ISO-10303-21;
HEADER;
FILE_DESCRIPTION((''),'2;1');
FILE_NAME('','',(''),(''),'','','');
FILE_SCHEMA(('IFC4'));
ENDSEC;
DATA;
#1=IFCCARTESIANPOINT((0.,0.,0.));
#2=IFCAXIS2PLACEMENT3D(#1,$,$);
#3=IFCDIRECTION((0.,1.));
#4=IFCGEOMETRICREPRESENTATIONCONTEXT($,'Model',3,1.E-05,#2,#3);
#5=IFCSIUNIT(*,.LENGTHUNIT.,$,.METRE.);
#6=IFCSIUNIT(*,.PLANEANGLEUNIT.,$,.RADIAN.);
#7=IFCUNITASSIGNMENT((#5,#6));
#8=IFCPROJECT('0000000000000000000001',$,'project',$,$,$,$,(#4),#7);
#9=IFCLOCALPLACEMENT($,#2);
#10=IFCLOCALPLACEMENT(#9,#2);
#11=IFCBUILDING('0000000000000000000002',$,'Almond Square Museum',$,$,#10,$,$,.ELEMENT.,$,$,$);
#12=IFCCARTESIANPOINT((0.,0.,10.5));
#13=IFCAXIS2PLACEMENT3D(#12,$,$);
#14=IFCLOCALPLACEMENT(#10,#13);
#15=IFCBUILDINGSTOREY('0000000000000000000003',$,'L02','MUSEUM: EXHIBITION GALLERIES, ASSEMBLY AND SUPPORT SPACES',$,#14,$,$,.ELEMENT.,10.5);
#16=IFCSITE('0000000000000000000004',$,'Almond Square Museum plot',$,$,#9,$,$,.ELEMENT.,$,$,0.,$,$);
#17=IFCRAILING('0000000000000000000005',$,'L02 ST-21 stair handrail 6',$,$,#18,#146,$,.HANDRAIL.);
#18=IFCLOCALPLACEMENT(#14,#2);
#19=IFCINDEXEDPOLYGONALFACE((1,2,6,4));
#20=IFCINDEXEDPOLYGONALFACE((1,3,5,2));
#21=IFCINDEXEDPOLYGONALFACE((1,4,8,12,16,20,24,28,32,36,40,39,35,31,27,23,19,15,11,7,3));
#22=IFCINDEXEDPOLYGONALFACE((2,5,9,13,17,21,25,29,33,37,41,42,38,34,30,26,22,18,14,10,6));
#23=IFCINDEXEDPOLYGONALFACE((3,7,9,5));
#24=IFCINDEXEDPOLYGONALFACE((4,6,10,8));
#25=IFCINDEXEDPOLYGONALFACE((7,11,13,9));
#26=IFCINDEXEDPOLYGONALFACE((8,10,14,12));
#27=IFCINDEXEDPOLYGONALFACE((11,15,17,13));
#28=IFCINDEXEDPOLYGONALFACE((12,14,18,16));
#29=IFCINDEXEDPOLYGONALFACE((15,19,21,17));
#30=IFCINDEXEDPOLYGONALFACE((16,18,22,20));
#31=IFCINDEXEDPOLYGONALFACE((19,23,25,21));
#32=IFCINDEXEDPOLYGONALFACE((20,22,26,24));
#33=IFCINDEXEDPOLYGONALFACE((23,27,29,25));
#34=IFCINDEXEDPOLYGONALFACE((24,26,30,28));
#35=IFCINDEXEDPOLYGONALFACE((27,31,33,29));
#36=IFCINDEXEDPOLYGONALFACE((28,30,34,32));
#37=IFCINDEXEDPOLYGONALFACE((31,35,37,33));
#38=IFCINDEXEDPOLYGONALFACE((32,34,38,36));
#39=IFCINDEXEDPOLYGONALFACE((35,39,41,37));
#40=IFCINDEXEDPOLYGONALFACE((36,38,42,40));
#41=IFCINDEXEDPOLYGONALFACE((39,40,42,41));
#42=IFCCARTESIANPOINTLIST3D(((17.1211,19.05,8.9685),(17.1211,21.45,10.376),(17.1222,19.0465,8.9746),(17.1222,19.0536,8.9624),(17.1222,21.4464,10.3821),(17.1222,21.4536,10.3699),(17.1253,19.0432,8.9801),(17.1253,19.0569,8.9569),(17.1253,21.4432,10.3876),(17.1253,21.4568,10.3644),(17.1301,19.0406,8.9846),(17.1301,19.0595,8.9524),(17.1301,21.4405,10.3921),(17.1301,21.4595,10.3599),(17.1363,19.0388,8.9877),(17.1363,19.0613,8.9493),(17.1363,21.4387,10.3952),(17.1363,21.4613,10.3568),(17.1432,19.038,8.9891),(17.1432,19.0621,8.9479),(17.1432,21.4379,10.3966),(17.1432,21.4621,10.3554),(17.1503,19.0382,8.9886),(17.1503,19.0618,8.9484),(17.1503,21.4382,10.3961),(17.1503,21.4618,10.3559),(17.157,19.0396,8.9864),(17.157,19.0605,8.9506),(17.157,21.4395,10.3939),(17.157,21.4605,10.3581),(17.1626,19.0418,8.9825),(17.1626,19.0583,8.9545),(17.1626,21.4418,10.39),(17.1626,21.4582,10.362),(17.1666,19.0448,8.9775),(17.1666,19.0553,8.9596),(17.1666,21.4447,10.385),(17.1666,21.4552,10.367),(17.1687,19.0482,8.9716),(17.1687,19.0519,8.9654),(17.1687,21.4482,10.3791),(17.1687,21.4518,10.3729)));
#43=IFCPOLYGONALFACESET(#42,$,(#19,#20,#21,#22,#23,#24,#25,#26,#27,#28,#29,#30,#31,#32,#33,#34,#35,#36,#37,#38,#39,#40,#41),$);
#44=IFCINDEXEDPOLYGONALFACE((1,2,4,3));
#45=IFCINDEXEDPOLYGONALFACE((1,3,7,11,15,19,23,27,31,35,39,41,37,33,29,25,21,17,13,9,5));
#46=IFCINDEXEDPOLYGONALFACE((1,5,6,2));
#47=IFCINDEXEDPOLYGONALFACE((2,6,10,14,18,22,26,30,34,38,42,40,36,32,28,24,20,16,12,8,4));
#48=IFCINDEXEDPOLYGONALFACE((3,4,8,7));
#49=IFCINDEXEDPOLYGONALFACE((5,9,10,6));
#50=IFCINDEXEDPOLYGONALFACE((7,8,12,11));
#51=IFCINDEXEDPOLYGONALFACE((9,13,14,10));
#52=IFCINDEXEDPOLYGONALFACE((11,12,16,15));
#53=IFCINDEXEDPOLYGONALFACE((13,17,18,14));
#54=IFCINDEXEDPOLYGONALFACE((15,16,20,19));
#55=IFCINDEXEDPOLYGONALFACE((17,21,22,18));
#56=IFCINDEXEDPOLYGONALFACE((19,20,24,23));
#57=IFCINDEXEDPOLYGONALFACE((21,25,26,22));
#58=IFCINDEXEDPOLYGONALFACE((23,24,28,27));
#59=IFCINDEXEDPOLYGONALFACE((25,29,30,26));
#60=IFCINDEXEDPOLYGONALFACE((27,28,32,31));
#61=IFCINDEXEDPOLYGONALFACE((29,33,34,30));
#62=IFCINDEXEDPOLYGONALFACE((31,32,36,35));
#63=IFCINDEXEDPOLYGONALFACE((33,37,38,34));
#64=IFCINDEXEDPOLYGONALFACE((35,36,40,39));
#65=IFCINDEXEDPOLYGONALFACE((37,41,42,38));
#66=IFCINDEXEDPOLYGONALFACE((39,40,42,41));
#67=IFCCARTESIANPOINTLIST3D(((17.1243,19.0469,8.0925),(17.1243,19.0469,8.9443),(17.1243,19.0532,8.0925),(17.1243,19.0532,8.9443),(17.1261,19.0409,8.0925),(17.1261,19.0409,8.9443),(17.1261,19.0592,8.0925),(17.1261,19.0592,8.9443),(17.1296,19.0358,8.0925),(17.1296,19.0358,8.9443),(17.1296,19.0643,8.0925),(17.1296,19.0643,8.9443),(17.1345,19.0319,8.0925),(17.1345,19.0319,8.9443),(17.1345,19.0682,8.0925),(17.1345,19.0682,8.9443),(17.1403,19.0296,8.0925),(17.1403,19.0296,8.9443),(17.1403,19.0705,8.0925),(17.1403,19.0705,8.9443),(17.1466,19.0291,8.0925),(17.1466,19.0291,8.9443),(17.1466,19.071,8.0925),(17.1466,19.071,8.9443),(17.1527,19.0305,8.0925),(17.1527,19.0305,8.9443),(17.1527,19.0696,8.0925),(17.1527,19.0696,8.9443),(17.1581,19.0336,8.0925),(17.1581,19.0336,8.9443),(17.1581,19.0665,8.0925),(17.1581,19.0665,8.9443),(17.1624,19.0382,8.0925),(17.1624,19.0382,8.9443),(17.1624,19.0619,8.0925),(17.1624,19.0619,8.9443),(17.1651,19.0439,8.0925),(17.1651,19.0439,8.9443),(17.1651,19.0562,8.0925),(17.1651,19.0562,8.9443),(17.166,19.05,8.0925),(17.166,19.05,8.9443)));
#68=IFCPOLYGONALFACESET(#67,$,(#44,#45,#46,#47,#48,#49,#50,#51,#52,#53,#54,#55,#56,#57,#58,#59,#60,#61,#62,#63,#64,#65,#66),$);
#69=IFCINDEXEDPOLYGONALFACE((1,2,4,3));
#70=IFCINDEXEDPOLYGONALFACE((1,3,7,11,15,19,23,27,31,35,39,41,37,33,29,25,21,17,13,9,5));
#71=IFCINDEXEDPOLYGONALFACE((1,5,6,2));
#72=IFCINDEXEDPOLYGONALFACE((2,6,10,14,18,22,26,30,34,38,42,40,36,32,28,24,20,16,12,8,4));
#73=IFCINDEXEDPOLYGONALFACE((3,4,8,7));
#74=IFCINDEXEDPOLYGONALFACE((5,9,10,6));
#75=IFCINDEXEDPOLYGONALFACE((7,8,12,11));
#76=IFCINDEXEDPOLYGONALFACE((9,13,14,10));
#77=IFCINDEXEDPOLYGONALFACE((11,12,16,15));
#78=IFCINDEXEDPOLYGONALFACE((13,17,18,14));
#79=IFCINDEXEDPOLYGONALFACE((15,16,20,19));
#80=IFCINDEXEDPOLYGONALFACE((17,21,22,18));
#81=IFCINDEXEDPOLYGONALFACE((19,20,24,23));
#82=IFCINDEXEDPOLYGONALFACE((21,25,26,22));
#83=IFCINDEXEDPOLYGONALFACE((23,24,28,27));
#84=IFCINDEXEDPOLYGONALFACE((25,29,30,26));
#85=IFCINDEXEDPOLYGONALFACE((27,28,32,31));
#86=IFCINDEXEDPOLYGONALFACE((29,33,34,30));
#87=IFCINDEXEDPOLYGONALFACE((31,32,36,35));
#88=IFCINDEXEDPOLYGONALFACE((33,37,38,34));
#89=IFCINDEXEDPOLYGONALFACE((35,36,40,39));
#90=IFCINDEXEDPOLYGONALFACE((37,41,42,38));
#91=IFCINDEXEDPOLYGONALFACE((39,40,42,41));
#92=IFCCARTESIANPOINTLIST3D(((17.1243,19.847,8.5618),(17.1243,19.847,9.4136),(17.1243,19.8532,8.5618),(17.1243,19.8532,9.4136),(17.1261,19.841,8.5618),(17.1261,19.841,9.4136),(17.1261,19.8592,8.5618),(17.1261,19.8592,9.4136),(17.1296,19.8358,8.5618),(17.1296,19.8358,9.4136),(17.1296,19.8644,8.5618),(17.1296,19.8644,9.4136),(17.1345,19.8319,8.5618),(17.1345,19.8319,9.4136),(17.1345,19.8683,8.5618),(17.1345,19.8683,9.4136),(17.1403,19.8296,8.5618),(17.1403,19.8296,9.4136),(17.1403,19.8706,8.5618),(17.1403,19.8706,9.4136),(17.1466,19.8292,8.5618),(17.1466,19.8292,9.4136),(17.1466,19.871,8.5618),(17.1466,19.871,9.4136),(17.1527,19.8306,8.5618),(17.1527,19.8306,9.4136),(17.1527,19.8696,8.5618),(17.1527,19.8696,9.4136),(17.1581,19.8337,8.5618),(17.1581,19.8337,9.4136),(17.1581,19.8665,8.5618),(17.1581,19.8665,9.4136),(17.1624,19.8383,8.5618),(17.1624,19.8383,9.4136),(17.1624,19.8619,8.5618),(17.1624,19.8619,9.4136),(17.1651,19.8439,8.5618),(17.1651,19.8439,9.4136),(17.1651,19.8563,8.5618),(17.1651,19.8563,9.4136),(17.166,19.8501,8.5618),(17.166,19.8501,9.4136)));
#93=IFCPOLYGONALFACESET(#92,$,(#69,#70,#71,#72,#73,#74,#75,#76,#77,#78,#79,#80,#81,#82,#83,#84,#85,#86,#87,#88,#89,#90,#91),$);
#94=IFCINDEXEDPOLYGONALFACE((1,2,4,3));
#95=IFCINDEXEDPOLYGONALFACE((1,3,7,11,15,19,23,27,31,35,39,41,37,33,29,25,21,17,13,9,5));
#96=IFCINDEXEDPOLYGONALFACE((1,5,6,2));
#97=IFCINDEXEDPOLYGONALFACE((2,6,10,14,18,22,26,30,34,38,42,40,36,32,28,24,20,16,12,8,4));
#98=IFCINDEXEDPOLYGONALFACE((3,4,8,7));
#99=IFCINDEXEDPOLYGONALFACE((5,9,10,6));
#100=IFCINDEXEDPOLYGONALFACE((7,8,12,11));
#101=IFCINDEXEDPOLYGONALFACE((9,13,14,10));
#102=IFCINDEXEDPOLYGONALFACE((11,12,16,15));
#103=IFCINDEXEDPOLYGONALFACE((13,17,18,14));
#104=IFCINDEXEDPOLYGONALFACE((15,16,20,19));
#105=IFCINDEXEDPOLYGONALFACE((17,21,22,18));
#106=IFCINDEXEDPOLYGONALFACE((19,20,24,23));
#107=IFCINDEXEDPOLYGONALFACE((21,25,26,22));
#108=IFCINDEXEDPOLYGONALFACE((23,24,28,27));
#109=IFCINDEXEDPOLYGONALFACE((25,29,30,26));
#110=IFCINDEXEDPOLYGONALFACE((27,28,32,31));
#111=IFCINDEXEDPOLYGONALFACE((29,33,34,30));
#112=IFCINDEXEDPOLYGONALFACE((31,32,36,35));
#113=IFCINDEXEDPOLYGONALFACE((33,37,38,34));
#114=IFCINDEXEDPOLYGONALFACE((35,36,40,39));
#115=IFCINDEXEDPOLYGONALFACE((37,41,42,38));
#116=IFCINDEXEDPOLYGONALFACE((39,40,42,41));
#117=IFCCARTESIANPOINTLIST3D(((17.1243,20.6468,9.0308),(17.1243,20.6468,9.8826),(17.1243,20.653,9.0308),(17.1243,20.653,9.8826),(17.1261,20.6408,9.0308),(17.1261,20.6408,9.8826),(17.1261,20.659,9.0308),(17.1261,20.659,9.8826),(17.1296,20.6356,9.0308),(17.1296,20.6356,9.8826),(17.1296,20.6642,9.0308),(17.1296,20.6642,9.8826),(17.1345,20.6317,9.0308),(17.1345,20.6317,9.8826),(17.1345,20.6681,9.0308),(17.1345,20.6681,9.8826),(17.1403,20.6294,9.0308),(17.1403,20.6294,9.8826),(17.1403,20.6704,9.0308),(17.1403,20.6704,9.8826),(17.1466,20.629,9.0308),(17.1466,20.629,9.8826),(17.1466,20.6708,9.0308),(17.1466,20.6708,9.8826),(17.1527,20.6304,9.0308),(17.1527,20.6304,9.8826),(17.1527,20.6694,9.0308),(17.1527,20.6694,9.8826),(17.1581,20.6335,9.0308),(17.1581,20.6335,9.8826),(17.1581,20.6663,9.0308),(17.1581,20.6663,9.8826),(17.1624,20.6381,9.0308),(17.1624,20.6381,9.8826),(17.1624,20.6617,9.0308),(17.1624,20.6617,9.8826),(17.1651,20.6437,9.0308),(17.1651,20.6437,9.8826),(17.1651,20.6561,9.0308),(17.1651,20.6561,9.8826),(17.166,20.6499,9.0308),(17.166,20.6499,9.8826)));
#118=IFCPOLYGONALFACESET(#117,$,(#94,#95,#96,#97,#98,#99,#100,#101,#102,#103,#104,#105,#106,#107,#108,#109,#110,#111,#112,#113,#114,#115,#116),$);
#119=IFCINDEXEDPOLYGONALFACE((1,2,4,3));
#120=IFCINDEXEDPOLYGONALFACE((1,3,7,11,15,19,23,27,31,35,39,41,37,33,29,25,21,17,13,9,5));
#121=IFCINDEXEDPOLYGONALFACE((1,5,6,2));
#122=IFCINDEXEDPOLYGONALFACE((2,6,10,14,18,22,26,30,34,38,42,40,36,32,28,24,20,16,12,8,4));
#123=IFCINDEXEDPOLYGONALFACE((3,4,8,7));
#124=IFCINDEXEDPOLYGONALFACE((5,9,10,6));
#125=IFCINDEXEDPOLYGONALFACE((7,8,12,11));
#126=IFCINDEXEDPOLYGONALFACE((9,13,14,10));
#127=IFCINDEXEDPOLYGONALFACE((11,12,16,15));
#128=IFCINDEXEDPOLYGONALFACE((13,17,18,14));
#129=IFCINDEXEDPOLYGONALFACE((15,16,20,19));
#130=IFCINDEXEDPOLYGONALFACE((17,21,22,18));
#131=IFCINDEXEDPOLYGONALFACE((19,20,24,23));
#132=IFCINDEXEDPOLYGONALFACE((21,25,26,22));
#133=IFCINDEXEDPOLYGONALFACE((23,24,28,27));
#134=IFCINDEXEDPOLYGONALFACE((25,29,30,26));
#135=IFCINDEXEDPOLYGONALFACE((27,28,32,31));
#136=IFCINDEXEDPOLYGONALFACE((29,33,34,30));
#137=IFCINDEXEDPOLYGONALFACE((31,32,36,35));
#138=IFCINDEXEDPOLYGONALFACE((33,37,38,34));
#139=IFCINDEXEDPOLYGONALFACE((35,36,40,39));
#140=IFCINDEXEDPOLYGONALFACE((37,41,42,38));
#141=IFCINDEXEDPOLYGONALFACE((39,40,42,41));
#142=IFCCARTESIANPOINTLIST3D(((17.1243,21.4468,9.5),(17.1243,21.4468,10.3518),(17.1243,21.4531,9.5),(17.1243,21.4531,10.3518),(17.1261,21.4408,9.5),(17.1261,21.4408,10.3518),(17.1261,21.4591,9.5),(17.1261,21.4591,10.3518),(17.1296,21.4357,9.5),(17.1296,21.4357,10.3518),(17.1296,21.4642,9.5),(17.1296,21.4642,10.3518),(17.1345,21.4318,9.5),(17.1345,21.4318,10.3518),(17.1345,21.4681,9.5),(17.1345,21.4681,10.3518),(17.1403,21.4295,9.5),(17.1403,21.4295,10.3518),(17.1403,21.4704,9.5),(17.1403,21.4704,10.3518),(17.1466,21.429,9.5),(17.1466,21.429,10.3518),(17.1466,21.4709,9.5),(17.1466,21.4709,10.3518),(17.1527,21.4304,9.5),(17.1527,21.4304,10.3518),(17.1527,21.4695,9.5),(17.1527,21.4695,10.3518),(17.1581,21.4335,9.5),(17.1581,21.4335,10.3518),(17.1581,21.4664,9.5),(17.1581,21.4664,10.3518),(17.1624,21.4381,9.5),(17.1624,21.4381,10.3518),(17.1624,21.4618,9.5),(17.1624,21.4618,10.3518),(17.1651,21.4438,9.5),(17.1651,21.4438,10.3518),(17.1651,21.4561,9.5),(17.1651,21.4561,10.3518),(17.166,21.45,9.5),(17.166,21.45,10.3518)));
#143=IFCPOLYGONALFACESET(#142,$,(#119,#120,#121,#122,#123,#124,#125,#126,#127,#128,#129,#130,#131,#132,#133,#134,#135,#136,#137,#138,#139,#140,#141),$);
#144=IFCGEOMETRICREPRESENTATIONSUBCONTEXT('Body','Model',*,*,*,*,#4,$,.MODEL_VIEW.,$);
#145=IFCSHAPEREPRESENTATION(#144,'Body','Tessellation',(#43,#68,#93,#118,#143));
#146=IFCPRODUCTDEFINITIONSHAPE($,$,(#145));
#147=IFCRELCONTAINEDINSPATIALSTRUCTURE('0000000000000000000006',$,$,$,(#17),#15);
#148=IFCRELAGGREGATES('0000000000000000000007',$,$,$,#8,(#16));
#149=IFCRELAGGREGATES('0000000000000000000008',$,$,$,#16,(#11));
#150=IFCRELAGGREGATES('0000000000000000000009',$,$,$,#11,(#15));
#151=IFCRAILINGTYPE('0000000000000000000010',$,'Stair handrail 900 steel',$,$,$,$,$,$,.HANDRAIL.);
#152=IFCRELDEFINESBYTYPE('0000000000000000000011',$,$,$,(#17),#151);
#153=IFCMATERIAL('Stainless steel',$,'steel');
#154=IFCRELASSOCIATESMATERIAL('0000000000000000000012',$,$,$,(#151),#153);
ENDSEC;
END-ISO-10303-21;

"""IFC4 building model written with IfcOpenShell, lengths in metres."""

from ifc_helpers import new_model, si_unit, direction, frame, origin, origin_2d, place, context, subcontext, project, spatial, circle, extrude, material, type_object, element, save


model = new_model("IFC4")

# Units and contexts
model_context = context("Model", 3, precision=1e-05, world=origin(), true_north=direction((0.0, 1.0)))
body_context = subcontext(model_context, "Body", "Model", "MODEL_VIEW")
ifc_project = project(units=[si_unit("LENGTHUNIT", "METRE"), si_unit("PLANEANGLEUNIT", "RADIAN")], contexts=[model_context])

# Site, building, storey
site_placement = place(None, origin())
site = spatial("IfcSite", under=ifc_project, at=site_placement, Name="Almond Square Museum plot", CompositionType="ELEMENT", RefElevation=0.0)
building_placement = place(site_placement, origin())
building = spatial("IfcBuilding", under=site, at=building_placement, Name="Almond Square Museum", CompositionType="ELEMENT")
storey_placement = place(building_placement, frame((0.0, 0.0, 10.5)))
storey = spatial("IfcBuildingStorey", under=building, at=storey_placement, Name="L02", Description="MUSEUM: EXHIBITION GALLERIES, ASSEMBLY AND SUPPORT SPACES", CompositionType="ELEMENT", Elevation=10.5)

# Railing
ifc_material_1 = material(Name="Stainless steel", Category="steel")
railing_type_1 = type_object("IfcRailingType", Name="Stair handrail 900 steel", PredefinedType="HANDRAIL", material=ifc_material_1)
railing_1_placement = place(storey_placement, frame((17.145, 19.05, 8.0925)))
element("IfcRailing", 1, at=railing_1_placement, inside=storey, type_object=railing_type_1, Name="L02 ST-21 stair handrail 6", PredefinedType="HANDRAIL", context=body_context, shape_type="SweptSolid", body=[
    extrude(circle(Radius=0.0239, at=origin_2d()), frame((0.0, 0.0, 0.876), z_axis=(0.0, 0.862599, 0.505888), x_axis=(-1.0, 0.0, 0.0)), (0.0, 0.0, 1.0), 2.7822),
    extrude(circle(Radius=0.021, at=origin_2d()), origin(), (0.0, 0.0, 1.0), 0.8518),
    extrude(circle(Radius=0.021, at=origin_2d()), frame((0.0, 0.8, 0.4692)), (0.0, 0.0, 1.0), 0.8518),
    extrude(circle(Radius=0.021, at=origin_2d()), frame((0.0, 1.5999, 0.9382)), (0.0, 0.0, 1.0), 0.8518),
    extrude(circle(Radius=0.021, at=origin_2d()), frame((0.0, 2.3999, 1.4075)), (0.0, 0.0, 1.0), 0.8518),
])

save(model, "model.ifc")
